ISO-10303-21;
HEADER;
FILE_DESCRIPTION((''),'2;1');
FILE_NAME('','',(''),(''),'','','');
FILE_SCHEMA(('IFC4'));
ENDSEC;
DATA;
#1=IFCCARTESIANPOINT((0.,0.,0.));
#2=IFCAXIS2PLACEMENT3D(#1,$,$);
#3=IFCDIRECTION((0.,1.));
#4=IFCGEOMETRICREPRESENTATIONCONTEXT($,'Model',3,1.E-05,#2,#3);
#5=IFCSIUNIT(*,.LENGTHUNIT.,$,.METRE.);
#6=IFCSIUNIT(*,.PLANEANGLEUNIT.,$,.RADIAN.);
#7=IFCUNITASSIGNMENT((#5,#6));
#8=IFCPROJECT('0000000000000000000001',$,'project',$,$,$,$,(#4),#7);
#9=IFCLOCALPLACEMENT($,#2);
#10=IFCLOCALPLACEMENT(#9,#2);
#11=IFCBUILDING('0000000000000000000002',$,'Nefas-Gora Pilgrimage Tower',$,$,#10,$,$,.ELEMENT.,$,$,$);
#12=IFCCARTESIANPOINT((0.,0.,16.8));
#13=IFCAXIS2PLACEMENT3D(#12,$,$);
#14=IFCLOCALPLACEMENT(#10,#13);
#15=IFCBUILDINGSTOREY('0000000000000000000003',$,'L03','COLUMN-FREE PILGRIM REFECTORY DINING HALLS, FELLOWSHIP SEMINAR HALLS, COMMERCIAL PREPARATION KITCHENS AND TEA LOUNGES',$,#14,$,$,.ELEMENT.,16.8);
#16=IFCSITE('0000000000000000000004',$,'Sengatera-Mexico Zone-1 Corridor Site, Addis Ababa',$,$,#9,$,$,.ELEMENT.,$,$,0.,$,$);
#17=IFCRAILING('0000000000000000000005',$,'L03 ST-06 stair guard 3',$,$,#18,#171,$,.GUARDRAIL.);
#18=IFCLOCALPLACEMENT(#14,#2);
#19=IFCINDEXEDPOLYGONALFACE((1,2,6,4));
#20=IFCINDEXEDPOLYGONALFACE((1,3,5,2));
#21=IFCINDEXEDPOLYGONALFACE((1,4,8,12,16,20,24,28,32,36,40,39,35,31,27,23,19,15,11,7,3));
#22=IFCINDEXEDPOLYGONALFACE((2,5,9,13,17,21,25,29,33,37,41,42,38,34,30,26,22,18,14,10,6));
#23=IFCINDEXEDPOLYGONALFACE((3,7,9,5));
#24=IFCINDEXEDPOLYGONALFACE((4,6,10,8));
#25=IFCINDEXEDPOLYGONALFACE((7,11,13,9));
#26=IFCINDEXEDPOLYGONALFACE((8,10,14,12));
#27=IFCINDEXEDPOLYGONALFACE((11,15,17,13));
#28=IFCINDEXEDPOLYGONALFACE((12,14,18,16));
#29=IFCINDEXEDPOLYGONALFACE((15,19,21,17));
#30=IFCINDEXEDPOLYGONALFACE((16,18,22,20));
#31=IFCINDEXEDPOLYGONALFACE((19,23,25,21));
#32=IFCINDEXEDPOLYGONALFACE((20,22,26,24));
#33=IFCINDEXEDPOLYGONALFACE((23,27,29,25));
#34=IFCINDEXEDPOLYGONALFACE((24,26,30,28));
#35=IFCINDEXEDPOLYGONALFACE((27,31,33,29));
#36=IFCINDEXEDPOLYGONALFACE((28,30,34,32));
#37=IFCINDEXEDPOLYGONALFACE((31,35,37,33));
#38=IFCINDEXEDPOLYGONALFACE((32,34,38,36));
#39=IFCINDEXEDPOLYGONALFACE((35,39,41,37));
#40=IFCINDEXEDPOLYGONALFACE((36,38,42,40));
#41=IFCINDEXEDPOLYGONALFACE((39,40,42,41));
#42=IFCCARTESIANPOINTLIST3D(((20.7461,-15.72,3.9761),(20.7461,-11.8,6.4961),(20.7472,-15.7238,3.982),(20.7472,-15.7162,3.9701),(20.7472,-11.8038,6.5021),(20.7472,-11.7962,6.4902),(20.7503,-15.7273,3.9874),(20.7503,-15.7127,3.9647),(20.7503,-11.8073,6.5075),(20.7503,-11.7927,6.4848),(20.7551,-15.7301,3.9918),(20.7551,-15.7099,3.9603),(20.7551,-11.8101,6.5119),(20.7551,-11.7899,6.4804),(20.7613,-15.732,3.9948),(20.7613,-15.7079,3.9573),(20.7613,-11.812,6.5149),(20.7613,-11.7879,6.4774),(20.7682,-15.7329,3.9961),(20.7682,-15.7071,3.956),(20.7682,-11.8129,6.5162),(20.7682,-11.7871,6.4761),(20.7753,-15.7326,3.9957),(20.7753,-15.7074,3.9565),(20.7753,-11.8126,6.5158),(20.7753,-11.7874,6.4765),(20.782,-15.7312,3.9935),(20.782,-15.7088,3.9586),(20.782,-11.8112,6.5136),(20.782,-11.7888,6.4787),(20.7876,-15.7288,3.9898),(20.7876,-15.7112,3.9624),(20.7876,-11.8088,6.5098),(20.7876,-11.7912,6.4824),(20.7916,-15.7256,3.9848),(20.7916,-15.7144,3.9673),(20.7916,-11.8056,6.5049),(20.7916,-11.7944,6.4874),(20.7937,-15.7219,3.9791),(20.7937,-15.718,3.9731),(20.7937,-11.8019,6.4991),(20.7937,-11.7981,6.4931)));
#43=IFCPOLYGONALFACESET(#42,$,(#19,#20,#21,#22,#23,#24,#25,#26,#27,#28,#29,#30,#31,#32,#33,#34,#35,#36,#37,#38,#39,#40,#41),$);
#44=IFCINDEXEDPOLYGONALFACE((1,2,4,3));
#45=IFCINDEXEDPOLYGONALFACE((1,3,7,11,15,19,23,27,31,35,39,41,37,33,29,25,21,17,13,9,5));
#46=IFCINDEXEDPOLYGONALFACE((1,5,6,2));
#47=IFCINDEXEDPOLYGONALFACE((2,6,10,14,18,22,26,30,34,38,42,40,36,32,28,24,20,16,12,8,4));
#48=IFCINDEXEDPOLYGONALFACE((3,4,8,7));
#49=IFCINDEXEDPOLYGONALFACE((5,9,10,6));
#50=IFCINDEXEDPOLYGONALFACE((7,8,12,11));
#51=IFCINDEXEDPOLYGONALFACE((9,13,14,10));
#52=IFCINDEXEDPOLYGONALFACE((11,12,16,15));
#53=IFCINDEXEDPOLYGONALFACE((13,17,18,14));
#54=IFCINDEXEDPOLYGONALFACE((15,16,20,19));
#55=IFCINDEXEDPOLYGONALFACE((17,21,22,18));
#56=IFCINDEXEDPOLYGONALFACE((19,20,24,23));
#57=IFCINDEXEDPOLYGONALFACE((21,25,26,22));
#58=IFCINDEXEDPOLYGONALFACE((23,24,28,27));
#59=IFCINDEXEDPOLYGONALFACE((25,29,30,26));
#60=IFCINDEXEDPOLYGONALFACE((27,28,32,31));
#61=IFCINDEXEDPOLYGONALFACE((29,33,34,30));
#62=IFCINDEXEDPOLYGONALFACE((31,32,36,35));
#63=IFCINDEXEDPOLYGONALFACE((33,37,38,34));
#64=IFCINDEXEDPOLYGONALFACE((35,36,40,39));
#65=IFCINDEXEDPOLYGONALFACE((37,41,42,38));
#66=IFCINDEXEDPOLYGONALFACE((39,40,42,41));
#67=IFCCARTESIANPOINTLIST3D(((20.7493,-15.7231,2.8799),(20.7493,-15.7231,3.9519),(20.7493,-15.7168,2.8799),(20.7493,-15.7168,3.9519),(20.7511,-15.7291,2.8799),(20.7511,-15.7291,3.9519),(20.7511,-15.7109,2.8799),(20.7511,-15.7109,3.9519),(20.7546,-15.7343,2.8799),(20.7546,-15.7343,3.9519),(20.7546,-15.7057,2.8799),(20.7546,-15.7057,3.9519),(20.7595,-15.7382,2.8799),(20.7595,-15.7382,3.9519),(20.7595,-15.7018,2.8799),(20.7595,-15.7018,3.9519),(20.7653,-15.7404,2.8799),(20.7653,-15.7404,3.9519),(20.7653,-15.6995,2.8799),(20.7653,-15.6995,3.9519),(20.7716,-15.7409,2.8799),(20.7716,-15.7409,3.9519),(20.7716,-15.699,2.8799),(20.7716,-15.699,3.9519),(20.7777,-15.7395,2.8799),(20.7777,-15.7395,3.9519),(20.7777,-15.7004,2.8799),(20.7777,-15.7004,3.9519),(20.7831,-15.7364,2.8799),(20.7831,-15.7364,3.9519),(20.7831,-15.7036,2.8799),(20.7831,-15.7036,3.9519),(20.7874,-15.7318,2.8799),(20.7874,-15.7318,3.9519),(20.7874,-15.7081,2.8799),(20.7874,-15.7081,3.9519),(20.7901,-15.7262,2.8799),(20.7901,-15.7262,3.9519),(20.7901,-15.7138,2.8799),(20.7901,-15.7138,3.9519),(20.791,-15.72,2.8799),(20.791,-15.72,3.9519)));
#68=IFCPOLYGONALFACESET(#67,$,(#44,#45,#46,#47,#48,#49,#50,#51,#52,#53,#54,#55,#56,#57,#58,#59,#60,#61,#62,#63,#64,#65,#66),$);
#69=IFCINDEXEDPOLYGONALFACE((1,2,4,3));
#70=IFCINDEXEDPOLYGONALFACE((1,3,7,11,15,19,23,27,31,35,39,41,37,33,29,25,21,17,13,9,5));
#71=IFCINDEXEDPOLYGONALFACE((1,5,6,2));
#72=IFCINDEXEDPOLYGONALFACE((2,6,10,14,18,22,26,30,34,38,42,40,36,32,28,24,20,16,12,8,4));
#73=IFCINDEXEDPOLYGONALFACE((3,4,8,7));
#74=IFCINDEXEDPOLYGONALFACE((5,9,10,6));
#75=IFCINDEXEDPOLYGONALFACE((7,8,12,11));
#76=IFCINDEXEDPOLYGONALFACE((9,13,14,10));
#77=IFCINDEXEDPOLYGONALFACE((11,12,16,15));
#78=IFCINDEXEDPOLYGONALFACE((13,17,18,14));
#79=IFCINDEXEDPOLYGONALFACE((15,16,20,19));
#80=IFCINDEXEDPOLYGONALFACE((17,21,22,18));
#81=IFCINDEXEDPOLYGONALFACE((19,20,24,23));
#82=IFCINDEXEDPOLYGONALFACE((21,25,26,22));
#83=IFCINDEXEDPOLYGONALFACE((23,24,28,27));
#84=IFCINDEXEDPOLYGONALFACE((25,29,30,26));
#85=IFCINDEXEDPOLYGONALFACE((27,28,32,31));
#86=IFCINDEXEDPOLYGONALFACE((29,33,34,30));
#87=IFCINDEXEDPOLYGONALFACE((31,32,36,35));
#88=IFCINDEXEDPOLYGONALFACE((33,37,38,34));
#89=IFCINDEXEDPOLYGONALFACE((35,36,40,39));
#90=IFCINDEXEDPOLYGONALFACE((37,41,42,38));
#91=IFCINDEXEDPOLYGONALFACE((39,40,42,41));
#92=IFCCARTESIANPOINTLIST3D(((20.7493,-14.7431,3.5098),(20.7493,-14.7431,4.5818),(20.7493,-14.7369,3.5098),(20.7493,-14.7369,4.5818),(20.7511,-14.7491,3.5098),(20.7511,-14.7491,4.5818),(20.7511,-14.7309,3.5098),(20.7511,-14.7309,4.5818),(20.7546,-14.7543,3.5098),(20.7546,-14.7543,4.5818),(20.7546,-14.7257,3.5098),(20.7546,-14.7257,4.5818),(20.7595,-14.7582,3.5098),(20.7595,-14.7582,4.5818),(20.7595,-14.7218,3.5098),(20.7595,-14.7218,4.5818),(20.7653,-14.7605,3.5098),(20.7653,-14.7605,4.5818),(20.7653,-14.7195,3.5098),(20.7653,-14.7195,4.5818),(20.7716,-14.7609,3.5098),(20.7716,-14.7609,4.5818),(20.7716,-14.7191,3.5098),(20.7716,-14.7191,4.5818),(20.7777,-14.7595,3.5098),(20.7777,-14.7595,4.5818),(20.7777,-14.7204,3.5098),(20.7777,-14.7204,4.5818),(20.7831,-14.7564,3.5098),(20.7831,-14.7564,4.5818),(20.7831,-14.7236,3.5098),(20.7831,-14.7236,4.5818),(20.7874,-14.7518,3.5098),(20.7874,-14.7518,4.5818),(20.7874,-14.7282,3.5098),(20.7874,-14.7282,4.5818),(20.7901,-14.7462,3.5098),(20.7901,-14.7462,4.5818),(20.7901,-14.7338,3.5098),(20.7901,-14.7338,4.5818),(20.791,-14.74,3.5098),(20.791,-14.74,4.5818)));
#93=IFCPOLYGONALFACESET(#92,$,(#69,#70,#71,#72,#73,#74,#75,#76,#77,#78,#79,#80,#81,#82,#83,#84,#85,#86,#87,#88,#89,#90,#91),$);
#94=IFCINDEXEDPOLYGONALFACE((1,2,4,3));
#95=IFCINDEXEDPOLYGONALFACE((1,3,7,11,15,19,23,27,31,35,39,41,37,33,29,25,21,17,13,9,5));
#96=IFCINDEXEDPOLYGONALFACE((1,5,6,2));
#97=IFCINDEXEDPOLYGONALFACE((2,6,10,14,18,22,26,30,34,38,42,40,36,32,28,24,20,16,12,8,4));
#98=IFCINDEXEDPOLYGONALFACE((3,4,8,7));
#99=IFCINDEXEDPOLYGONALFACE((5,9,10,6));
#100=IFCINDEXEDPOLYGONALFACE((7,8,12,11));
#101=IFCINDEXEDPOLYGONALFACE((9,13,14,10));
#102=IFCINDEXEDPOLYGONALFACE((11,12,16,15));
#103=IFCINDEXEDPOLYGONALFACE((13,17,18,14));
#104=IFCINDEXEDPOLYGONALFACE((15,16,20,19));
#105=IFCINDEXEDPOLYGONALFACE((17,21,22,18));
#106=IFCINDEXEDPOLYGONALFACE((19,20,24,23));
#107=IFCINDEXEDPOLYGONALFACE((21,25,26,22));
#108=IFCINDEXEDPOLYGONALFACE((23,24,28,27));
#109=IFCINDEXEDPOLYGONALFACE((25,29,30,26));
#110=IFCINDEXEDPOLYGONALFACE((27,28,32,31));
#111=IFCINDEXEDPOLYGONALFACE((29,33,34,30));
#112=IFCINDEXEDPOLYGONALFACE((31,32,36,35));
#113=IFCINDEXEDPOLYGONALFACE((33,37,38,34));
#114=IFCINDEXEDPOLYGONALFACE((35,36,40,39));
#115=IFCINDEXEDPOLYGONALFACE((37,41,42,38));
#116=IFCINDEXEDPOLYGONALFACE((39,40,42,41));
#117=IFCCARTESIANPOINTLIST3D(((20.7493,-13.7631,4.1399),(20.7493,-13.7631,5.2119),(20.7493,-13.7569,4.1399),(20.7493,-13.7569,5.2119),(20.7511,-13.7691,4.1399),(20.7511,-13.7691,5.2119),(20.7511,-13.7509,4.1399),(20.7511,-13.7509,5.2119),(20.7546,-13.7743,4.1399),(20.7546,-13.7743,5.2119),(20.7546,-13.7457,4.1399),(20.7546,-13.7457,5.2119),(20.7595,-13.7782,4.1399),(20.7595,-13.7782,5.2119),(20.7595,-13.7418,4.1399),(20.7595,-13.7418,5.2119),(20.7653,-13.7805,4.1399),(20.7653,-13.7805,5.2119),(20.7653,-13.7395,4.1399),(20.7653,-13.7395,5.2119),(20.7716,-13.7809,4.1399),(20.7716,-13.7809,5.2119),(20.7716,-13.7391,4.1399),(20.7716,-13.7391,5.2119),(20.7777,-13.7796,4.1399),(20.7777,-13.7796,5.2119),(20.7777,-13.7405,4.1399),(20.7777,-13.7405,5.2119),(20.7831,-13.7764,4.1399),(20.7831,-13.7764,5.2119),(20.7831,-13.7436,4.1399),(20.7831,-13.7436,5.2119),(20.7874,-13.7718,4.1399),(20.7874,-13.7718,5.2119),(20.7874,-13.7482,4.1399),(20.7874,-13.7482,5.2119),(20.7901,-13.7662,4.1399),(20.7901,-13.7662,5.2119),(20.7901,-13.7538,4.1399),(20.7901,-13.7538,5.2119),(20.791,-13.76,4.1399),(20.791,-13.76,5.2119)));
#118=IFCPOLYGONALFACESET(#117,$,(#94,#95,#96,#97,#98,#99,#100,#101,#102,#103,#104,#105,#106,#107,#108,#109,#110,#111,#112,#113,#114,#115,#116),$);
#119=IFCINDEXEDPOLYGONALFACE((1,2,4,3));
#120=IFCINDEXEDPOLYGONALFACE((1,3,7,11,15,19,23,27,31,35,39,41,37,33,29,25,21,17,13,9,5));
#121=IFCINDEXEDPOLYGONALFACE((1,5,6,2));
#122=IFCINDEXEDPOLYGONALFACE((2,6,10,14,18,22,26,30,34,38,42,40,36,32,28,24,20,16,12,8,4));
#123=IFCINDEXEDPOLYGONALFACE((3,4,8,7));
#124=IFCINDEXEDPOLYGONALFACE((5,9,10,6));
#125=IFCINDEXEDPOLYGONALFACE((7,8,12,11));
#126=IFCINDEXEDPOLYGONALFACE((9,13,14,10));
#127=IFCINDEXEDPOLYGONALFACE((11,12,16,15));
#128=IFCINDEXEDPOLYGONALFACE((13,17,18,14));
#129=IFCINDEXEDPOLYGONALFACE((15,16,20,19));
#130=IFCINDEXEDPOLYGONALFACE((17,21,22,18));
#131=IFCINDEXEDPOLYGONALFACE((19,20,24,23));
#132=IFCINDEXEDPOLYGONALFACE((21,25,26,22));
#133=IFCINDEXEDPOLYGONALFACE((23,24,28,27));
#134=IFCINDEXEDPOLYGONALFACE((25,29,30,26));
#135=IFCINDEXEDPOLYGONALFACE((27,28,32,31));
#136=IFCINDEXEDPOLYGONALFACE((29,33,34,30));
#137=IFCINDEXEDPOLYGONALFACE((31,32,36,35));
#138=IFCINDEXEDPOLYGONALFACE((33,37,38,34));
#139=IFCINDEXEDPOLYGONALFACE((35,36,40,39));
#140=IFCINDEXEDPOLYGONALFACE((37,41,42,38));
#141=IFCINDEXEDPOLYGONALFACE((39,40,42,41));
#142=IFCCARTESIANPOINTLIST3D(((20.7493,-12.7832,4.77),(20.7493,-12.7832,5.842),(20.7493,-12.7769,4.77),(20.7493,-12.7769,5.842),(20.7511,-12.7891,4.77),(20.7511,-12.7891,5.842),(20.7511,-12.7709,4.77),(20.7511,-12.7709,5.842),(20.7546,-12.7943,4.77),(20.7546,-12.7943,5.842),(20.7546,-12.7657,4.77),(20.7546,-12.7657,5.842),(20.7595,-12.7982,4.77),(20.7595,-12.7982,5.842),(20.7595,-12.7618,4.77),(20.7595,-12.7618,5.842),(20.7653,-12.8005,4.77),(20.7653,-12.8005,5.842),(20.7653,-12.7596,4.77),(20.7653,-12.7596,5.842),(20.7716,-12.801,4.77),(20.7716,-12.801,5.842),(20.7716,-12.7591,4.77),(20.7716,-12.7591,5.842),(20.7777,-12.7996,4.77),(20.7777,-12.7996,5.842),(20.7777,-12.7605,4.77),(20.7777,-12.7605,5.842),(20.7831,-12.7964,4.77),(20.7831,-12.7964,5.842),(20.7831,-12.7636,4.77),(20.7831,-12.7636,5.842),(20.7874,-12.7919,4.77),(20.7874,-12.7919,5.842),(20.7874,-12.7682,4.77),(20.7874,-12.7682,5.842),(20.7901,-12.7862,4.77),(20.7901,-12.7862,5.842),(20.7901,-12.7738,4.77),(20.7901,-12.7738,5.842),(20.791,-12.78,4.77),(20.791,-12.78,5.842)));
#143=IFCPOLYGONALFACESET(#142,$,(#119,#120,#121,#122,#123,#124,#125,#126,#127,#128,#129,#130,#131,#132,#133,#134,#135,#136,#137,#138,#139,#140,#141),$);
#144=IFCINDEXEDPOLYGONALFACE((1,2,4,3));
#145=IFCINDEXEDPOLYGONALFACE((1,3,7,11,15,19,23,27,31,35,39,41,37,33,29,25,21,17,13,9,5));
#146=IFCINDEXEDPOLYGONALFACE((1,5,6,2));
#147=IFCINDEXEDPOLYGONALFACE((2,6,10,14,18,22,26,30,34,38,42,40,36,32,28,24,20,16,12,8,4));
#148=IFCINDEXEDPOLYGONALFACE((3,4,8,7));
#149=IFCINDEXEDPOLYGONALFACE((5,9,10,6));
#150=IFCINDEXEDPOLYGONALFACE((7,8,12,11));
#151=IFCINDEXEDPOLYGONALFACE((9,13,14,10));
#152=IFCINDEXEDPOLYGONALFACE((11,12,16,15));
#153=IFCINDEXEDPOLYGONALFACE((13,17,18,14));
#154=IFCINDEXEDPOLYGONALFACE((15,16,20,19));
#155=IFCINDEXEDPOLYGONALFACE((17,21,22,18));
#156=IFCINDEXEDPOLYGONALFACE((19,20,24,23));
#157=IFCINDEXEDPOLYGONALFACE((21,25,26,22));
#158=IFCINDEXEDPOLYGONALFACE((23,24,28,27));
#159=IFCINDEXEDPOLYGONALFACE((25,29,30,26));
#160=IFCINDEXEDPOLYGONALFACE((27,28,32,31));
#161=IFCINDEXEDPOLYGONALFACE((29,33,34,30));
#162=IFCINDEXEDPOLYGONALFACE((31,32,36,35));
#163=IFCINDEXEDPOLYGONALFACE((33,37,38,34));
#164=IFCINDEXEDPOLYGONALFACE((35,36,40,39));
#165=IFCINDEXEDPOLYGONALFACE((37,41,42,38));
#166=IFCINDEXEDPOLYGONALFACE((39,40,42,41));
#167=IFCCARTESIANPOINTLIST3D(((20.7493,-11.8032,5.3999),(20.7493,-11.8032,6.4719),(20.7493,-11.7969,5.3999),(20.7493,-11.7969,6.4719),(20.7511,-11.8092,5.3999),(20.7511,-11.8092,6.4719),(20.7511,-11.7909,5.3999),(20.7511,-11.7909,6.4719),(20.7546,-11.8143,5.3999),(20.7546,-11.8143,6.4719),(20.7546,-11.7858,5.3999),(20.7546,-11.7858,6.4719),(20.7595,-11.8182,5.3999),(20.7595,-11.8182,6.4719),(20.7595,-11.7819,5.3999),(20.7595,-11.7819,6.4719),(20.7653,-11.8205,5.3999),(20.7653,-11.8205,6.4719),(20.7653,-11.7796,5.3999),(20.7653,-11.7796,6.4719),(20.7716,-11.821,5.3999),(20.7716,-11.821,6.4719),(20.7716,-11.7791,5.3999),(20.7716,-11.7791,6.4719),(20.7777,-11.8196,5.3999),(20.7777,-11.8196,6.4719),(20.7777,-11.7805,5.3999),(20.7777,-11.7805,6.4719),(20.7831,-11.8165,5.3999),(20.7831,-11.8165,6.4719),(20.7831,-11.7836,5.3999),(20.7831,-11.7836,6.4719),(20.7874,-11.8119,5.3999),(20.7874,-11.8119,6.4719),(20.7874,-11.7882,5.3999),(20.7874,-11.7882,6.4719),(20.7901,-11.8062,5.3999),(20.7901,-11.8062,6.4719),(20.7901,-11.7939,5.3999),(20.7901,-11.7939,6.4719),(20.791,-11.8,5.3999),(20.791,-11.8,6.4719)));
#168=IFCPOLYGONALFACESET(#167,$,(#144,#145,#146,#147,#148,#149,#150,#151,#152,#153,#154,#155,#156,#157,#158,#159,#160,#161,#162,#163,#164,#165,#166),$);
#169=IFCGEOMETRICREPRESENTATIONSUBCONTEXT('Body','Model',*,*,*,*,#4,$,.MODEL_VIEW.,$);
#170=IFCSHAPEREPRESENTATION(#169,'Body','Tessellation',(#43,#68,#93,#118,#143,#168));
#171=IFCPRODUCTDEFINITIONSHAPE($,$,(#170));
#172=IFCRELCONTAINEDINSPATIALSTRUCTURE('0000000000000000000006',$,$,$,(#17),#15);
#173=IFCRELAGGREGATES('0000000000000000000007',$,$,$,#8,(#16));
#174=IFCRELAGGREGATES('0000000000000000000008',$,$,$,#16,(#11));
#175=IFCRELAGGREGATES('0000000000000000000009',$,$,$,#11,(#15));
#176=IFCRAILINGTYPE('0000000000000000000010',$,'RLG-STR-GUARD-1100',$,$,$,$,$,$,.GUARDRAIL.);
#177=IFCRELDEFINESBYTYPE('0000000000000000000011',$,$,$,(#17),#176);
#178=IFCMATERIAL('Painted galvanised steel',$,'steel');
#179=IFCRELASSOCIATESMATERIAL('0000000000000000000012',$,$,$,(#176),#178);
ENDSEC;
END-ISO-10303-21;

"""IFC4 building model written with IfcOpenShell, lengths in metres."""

from ifc_helpers import new_model, si_unit, direction, frame, origin, origin_2d, place, context, subcontext, project, spatial, circle, extrude, material, type_object, element, save


model = new_model("IFC4")

# Units and contexts
model_context = context("Model", 3, precision=1e-05, world=origin(), true_north=direction((0.0, 1.0)))
body_context = subcontext(model_context, "Body", "Model", "MODEL_VIEW")
ifc_project = project(units=[si_unit("LENGTHUNIT", "METRE"), si_unit("PLANEANGLEUNIT", "RADIAN")], contexts=[model_context])

# Site, building, storey
site_placement = place(None, origin())
site = spatial("IfcSite", under=ifc_project, at=site_placement, Name="Sengatera-Mexico Zone-1 Corridor Site, Addis Ababa", CompositionType="ELEMENT", RefElevation=0.0)
building_placement = place(site_placement, origin())
building = spatial("IfcBuilding", under=site, at=building_placement, Name="Nefas-Gora Pilgrimage Tower", CompositionType="ELEMENT")
storey_placement = place(building_placement, frame((0.0, 0.0, 16.8)))
storey = spatial("IfcBuildingStorey", under=building, at=storey_placement, Name="L03", Description="COLUMN-FREE PILGRIM REFECTORY DINING HALLS, FELLOWSHIP SEMINAR HALLS, COMMERCIAL PREPARATION KITCHENS AND TEA LOUNGES", CompositionType="ELEMENT", Elevation=16.8)

# Railing
ifc_material_1 = material(Name="Painted galvanised steel", Category="steel")
railing_type_1 = type_object("IfcRailingType", Name="RLG-STR-GUARD-1100", PredefinedType="GUARDRAIL", material=ifc_material_1)
railing_1_placement = place(storey_placement, frame((20.77, -15.72, 2.8799)))
element("IfcRailing", 1, at=railing_1_placement, inside=storey, type_object=railing_type_1, Name="L03 ST-06 stair guard 3", PredefinedType="GUARDRAIL", context=body_context, shape_type="SweptSolid", body=[
    extrude(circle(Radius=0.0239, at=origin_2d()), frame((0.0, 0.0, 1.0962), z_axis=(0.0, 0.841172, 0.540768), x_axis=(-1.0, 0.0, 0.0)), (0.0, 0.0, 1.0), 4.6602),
    extrude(circle(Radius=0.021, at=origin_2d()), origin(), (0.0, 0.0, 1.0), 1.072),
    extrude(circle(Radius=0.021, at=origin_2d()), frame((0.0, 0.98, 0.6299)), (0.0, 0.0, 1.0), 1.072),
    extrude(circle(Radius=0.021, at=origin_2d()), frame((0.0, 1.96, 1.26)), (0.0, 0.0, 1.0), 1.072),
    extrude(circle(Radius=0.021, at=origin_2d()), frame((0.0, 2.9399, 1.8901)), (0.0, 0.0, 1.0), 1.072),
    extrude(circle(Radius=0.021, at=origin_2d()), frame((0.0, 3.9199, 2.52)), (0.0, 0.0, 1.0), 1.072),
])

save(model, "model.ifc")
